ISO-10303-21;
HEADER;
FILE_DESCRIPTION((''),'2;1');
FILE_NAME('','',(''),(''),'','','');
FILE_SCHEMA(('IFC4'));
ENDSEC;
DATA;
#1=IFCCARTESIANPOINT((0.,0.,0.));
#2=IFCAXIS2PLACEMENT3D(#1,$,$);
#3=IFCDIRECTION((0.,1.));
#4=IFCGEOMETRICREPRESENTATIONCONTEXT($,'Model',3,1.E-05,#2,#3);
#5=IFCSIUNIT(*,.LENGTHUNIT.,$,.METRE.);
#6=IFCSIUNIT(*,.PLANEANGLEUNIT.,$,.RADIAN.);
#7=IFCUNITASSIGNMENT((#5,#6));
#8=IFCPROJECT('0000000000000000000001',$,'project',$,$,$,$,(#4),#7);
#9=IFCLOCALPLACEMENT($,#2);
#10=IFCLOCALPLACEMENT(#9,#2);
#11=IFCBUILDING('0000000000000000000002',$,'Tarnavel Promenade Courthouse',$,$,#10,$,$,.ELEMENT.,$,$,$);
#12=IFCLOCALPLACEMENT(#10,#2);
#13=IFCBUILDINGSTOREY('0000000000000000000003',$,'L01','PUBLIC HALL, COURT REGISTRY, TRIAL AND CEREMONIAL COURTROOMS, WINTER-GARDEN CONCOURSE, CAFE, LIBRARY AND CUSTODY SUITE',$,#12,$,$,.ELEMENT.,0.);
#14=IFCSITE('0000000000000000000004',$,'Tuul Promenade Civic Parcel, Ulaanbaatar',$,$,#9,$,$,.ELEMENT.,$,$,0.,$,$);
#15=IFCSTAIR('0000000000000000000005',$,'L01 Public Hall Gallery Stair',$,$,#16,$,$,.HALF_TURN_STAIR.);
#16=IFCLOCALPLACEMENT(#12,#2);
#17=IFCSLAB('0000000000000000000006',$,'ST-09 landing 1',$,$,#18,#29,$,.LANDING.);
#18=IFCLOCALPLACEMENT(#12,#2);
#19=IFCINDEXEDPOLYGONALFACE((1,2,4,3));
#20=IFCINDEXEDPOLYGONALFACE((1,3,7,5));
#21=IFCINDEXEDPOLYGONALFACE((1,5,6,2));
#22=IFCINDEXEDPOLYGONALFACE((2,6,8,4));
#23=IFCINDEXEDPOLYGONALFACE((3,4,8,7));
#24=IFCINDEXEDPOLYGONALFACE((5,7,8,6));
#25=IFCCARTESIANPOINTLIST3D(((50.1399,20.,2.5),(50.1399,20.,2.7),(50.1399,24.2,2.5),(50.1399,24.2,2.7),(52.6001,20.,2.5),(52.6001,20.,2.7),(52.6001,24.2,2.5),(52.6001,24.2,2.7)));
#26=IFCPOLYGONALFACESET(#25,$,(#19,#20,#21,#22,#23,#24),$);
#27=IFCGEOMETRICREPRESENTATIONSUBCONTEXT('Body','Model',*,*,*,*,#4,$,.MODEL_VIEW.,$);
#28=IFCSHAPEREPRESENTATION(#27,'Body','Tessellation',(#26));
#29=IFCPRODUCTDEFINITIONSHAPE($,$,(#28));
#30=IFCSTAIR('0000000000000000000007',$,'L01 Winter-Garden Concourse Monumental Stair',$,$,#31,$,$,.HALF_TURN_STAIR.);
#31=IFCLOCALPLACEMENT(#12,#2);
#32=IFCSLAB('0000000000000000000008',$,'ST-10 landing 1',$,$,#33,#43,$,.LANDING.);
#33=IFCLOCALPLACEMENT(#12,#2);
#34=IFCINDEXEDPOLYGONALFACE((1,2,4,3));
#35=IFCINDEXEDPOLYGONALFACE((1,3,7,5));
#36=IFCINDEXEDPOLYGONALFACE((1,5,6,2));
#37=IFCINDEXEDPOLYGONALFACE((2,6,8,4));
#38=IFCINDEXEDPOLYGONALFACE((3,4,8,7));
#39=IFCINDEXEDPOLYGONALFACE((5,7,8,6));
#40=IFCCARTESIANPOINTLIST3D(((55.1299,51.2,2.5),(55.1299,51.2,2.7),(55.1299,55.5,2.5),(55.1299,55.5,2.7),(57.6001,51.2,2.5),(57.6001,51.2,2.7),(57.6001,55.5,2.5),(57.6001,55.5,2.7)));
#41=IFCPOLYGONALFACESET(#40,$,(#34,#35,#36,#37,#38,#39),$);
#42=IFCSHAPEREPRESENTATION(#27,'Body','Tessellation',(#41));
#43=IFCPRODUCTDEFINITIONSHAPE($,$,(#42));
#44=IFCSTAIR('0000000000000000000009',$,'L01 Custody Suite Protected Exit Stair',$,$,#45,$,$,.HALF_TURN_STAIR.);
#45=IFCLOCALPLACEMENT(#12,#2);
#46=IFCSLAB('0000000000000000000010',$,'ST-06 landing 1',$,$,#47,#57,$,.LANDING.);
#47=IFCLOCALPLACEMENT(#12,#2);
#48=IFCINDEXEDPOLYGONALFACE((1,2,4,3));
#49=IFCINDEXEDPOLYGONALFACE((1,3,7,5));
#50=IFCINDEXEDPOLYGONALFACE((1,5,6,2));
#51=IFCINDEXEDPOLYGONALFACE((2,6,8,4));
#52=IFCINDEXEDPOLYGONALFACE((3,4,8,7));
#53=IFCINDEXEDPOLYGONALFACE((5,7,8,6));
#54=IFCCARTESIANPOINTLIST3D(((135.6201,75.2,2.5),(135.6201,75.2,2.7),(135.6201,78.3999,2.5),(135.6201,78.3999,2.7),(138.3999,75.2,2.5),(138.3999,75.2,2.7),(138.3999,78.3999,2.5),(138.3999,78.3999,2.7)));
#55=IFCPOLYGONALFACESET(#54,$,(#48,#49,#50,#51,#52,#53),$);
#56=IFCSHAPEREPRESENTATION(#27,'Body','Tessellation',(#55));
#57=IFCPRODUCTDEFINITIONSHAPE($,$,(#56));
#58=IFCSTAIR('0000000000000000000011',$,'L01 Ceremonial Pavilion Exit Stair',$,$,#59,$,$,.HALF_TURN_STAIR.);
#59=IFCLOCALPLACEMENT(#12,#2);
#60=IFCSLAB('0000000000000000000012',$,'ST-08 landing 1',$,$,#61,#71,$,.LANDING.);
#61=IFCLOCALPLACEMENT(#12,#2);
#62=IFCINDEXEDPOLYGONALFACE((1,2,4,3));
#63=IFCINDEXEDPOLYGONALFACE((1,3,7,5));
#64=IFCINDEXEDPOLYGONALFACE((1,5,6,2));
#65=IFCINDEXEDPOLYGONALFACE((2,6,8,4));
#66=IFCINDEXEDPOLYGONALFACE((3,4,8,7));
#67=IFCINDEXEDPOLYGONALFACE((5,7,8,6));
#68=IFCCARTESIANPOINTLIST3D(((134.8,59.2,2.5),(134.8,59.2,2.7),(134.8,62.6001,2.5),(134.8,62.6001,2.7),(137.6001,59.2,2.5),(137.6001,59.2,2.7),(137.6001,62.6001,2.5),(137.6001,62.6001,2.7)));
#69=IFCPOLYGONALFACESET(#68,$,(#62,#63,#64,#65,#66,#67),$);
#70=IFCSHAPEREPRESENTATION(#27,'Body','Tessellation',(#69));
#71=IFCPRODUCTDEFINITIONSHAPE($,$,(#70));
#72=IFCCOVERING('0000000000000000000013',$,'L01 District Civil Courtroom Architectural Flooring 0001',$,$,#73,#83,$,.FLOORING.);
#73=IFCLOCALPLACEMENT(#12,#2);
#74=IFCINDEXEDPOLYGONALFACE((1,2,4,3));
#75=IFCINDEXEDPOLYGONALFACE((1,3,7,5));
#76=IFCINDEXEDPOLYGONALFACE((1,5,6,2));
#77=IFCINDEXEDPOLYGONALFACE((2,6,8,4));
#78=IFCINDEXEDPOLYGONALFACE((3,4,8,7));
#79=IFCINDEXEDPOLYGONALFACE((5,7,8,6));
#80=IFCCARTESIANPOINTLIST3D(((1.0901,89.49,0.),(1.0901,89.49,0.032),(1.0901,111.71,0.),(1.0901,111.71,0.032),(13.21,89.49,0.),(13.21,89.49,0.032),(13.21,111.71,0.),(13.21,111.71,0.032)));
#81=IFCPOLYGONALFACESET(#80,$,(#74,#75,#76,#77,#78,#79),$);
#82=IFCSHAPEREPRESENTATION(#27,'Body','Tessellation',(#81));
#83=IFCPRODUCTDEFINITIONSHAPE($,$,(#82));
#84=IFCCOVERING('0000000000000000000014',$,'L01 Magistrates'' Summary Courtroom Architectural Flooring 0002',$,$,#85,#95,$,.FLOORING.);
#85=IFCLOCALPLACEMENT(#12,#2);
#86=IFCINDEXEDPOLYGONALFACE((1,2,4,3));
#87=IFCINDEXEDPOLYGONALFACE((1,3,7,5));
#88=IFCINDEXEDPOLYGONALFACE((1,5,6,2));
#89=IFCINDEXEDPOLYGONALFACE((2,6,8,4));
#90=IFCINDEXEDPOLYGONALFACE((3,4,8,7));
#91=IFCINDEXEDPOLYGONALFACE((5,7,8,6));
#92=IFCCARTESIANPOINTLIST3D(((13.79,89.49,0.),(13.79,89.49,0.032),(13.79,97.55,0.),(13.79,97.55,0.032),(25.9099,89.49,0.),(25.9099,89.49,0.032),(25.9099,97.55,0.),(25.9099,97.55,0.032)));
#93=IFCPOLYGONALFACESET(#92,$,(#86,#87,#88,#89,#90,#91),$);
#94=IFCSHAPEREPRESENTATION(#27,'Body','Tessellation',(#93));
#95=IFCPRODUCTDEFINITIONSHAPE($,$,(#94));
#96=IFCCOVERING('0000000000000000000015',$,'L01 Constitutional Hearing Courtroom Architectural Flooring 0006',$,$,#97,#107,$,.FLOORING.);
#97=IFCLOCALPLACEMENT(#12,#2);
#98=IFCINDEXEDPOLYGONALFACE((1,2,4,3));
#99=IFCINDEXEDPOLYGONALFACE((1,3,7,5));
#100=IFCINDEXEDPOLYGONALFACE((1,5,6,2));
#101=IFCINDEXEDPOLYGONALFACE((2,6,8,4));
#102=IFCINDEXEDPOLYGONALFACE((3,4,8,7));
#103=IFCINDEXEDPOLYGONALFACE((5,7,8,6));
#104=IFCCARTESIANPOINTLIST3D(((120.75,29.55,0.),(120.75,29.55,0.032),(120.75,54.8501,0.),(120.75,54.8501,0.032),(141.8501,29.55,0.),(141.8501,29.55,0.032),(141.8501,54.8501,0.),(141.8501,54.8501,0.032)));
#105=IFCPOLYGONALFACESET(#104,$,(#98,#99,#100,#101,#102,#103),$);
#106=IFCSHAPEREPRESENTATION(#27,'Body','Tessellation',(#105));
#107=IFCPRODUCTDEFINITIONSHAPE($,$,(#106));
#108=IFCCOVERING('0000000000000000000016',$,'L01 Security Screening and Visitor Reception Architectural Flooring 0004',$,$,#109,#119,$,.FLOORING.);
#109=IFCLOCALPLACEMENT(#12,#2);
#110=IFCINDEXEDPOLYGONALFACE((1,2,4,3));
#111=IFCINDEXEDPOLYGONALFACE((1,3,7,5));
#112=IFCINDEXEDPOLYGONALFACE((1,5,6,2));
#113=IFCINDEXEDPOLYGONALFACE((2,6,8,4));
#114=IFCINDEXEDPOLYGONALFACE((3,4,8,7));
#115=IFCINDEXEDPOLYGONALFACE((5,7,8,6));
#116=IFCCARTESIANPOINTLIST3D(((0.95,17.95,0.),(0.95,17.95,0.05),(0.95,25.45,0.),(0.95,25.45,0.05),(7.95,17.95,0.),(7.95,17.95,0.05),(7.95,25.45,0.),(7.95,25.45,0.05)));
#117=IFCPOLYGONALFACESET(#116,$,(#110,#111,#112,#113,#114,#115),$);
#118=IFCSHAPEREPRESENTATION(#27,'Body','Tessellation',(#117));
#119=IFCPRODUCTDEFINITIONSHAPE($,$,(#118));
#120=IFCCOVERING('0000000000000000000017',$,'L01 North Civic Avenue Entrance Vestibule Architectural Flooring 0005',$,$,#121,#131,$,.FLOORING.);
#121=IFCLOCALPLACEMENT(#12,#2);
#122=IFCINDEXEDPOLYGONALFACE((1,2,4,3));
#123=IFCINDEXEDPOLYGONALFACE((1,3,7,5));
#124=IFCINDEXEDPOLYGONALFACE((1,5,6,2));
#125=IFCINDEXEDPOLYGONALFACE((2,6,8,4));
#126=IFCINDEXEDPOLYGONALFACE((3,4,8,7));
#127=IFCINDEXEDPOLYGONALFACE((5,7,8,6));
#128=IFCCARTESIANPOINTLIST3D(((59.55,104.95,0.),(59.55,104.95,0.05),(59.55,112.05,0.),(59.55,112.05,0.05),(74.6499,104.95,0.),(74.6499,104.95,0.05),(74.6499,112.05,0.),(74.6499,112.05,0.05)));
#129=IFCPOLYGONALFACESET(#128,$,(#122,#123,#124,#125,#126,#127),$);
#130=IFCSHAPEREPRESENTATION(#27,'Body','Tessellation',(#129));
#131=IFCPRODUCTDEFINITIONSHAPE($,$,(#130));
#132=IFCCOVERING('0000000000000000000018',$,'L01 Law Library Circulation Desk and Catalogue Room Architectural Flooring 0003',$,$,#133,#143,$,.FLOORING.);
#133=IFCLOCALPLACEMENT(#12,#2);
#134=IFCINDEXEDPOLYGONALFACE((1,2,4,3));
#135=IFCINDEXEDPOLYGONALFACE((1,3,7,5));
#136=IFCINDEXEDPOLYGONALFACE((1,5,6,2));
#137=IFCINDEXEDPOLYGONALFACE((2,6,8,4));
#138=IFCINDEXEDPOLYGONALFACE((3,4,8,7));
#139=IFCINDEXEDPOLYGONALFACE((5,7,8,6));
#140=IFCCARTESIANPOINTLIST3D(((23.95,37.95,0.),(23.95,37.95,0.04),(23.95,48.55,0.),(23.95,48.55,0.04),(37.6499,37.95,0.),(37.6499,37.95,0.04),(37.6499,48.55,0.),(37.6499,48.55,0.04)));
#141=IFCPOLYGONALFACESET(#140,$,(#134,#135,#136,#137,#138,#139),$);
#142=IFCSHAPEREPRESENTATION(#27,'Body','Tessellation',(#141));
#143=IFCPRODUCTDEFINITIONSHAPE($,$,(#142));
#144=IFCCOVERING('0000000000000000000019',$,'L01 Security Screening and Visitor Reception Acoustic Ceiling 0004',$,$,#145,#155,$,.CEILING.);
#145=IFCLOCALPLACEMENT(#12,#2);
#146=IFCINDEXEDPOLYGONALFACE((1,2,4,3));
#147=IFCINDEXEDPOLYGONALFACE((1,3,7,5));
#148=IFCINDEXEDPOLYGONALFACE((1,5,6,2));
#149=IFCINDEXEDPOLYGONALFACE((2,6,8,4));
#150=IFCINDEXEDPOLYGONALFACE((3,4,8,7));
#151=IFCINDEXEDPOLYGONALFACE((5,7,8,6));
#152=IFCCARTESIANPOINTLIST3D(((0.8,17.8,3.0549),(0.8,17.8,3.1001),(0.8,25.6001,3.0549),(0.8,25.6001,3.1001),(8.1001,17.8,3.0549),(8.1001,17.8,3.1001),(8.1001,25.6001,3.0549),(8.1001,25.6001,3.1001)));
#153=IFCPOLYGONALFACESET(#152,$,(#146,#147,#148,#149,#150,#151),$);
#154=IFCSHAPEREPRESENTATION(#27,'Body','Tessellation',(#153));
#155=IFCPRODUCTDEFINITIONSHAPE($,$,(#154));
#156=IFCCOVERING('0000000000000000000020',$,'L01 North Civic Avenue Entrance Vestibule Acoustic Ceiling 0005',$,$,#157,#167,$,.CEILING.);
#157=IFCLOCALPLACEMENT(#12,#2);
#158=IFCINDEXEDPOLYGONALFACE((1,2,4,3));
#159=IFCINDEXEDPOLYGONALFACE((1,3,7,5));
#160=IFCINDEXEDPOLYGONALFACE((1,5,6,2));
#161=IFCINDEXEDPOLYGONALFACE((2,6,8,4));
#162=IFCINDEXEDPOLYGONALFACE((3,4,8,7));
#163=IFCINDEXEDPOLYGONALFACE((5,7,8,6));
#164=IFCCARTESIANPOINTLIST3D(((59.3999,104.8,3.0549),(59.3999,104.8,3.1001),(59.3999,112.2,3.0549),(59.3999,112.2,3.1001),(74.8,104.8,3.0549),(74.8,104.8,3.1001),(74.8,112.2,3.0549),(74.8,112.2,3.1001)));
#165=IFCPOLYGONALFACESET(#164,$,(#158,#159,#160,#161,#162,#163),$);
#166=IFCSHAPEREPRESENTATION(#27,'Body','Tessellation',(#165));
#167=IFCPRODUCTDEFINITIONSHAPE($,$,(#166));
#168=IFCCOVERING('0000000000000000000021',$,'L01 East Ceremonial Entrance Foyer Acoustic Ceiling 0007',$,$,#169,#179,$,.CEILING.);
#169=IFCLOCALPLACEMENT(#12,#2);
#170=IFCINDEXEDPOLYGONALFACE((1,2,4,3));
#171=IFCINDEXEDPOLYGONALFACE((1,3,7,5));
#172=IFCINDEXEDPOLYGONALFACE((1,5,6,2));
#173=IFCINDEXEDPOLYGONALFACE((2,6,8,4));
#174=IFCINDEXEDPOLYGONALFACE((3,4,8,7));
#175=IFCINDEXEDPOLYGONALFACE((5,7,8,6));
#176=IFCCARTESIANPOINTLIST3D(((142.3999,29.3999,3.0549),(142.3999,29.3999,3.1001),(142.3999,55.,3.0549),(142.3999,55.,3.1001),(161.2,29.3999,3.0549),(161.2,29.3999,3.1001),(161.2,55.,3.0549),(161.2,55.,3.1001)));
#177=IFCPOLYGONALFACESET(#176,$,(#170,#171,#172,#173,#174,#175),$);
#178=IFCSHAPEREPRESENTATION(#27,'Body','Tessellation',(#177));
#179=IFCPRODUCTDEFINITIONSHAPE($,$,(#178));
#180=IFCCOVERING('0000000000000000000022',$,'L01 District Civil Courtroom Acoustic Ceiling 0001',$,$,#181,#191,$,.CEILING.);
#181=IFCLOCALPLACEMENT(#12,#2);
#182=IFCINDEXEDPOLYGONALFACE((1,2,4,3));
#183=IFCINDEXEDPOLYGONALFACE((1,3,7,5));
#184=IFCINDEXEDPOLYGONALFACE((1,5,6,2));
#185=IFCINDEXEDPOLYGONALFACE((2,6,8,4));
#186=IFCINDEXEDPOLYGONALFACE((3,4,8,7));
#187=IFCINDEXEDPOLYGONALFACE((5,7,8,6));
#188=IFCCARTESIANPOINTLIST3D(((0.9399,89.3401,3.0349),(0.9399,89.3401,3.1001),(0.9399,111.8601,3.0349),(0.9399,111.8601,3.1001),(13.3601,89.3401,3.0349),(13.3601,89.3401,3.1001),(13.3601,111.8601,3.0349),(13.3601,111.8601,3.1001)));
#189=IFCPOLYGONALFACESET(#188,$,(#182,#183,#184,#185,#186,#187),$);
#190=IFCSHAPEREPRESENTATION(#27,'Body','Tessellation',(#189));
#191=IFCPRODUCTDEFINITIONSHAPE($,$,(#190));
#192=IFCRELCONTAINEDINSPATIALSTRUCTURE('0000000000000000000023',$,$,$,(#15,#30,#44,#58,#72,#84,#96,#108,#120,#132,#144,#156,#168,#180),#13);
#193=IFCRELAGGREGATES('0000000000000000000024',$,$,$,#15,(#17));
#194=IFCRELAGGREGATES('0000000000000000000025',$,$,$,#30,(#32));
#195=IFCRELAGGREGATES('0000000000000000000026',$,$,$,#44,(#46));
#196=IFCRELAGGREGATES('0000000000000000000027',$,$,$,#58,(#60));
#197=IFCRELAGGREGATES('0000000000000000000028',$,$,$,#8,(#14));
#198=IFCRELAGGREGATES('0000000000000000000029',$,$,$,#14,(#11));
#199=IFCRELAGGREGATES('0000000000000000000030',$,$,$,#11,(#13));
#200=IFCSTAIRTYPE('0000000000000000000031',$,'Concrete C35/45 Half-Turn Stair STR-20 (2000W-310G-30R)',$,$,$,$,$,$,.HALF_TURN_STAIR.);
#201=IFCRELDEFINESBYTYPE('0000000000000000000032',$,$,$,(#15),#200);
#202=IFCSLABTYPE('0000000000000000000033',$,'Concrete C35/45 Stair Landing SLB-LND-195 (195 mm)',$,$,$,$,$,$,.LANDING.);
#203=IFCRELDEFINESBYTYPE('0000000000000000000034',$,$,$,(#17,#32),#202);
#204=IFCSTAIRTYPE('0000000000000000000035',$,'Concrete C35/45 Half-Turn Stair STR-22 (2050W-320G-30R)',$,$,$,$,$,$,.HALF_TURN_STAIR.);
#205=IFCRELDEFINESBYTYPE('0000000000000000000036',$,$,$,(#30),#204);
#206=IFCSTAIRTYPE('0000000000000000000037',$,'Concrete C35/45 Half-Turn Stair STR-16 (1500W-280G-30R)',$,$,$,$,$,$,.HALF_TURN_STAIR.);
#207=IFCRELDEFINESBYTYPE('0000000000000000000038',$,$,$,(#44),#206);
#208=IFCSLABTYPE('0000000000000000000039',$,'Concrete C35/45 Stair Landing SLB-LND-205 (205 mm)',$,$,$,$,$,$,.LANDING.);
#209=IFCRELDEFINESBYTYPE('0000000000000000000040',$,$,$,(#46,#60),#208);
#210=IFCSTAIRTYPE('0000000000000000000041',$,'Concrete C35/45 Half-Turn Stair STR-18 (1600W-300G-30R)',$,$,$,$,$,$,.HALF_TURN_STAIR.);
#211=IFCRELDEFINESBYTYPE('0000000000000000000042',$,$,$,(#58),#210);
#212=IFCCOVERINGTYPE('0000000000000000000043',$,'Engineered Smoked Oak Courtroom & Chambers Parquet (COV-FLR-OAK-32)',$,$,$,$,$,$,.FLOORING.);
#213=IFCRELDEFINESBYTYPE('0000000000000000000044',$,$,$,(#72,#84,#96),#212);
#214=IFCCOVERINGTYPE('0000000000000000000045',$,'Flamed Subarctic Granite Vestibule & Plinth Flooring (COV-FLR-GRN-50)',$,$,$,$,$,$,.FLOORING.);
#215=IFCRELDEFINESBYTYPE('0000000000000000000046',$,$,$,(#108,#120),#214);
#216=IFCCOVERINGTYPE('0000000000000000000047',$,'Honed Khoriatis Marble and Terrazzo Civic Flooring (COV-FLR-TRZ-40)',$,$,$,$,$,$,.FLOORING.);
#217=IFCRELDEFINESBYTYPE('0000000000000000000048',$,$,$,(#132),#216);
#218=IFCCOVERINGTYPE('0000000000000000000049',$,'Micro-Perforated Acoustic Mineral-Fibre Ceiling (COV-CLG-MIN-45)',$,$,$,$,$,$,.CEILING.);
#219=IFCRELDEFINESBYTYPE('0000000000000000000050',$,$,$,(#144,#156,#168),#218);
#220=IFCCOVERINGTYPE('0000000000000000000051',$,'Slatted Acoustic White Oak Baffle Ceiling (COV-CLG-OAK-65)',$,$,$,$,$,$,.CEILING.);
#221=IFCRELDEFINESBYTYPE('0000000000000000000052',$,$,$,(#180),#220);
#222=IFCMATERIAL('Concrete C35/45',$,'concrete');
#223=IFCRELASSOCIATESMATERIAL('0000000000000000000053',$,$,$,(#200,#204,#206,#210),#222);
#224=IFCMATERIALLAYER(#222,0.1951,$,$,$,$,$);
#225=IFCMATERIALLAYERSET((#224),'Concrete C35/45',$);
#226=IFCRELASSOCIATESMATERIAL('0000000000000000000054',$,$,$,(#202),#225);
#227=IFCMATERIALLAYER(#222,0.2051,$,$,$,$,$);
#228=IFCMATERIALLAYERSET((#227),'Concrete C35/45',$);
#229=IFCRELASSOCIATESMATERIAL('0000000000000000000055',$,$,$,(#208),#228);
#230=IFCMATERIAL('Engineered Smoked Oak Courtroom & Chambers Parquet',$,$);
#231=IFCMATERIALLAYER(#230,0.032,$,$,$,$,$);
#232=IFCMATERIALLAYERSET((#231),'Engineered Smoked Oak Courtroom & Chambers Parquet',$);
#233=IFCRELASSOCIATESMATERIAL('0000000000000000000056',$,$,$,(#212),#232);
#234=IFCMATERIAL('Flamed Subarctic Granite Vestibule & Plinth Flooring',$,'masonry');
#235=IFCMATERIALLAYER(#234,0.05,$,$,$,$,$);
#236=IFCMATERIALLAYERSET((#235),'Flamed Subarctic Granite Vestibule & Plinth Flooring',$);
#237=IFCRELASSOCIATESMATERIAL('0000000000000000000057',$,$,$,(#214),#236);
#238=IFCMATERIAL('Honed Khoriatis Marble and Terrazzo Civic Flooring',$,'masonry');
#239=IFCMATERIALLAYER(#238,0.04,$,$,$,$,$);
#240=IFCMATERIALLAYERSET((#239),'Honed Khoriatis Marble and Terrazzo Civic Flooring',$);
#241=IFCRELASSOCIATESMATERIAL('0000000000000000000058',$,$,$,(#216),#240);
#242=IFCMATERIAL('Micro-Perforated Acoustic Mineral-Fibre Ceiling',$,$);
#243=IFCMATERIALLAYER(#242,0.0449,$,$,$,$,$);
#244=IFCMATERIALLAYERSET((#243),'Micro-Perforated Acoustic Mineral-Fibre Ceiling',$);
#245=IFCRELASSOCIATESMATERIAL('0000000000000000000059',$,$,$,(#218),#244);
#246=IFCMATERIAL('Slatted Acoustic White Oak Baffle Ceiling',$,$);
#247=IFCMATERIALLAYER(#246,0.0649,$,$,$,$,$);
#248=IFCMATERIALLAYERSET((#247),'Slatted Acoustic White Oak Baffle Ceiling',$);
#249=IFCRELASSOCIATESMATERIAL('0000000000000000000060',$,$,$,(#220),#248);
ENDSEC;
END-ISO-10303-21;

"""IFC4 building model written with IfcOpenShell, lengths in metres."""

from ifc_helpers import new_model, si_unit, direction, frame, origin, place, context, subcontext, project, spatial, polyline, outline, extrude, material, layer, layer_set, type_object, element, aggregate, save


model = new_model("IFC4")

# Units and contexts
model_context = context("Model", 3, precision=1e-05, world=origin(), true_north=direction((0.0, 1.0)))
body_context = subcontext(model_context, "Body", "Model", "MODEL_VIEW")
ifc_project = project(units=[si_unit("LENGTHUNIT", "METRE"), si_unit("PLANEANGLEUNIT", "RADIAN")], contexts=[model_context])

# Site, building, storey
site_placement = place(None, origin())
site = spatial("IfcSite", under=ifc_project, at=site_placement, Name="Tuul Promenade Civic Parcel, Ulaanbaatar", CompositionType="ELEMENT", RefElevation=0.0)
building_placement = place(site_placement, origin())
building = spatial("IfcBuilding", under=site, at=building_placement, Name="Tarnavel Promenade Courthouse", CompositionType="ELEMENT")
storey_placement = place(building_placement, origin())
storey = spatial("IfcBuildingStorey", under=building, at=storey_placement, Name="L01", Description="PUBLIC HALL, COURT REGISTRY, TRIAL AND CEREMONIAL COURTROOMS, WINTER-GARDEN CONCOURSE, CAFE, LIBRARY AND CUSTODY SUITE", CompositionType="ELEMENT", Elevation=0.0)

# Stairs, slabs
ifc_material_1 = material(Name="Concrete C35/45", Category="concrete")
stair_type_1 = type_object("IfcStairType", Name="Concrete C35/45 Half-Turn Stair STR-20 (2000W-310G-30R)", PredefinedType="HALF_TURN_STAIR", material=ifc_material_1)
stair_1_placement = place(storey_placement, origin())
stair_1 = element("IfcStair", 1, at=stair_1_placement, inside=storey, type_object=stair_type_1, Name="L01 Public Hall Gallery Stair", PredefinedType="HALF_TURN_STAIR")
ifc_layer_1 = layer(ifc_material_1, 0.1951)
ifc_layer_set_1 = layer_set([ifc_layer_1], Name="Concrete C35/45")
slab_type_1 = type_object("IfcSlabType", Name="Concrete C35/45 Stair Landing SLB-LND-195 (195 mm)", PredefinedType="LANDING", material=ifc_layer_set_1)
slab_1_placement = place(storey_placement, frame((0.0, 0.0, 2.5)))
slab_1 = element("IfcSlab", 2, at=slab_1_placement, type_object=slab_type_1, Name="ST-09 landing 1", PredefinedType="LANDING", context=body_context, shape_type="SweptSolid", body=[
    extrude(outline(polyline([(50.1399, 20.0), (52.6001, 20.0), (52.6001, 24.2), (50.1399, 24.2), (50.1399, 20.0)])), origin(), (0.0, 0.0, 1.0), 0.2),
])
aggregate(stair_1, [slab_1])
stair_type_2 = type_object("IfcStairType", Name="Concrete C35/45 Half-Turn Stair STR-22 (2050W-320G-30R)", PredefinedType="HALF_TURN_STAIR", material=ifc_material_1)
stair_2_placement = place(storey_placement, origin())
stair_2 = element("IfcStair", 3, at=stair_2_placement, inside=storey, type_object=stair_type_2, Name="L01 Winter-Garden Concourse Monumental Stair", PredefinedType="HALF_TURN_STAIR")
slab_2_placement = place(storey_placement, frame((0.0, 0.0, 2.5)))
slab_2 = element("IfcSlab", 4, at=slab_2_placement, type_object=slab_type_1, Name="ST-10 landing 1", PredefinedType="LANDING", context=body_context, shape_type="SweptSolid", body=[
    extrude(outline(polyline([(55.1299, 51.2), (57.6001, 51.2), (57.6001, 55.5), (55.1299, 55.5), (55.1299, 51.2)])), origin(), (0.0, 0.0, 1.0), 0.2),
])
aggregate(stair_2, [slab_2])
stair_type_3 = type_object("IfcStairType", Name="Concrete C35/45 Half-Turn Stair STR-16 (1500W-280G-30R)", PredefinedType="HALF_TURN_STAIR", material=ifc_material_1)
stair_3_placement = place(storey_placement, origin())
stair_3 = element("IfcStair", 5, at=stair_3_placement, inside=storey, type_object=stair_type_3, Name="L01 Custody Suite Protected Exit Stair", PredefinedType="HALF_TURN_STAIR")
ifc_layer_2 = layer(ifc_material_1, 0.2051)
ifc_layer_set_2 = layer_set([ifc_layer_2], Name="Concrete C35/45")
slab_type_2 = type_object("IfcSlabType", Name="Concrete C35/45 Stair Landing SLB-LND-205 (205 mm)", PredefinedType="LANDING", material=ifc_layer_set_2)
slab_3_placement = place(storey_placement, frame((0.0, 0.0, 2.5)))
slab_3 = element("IfcSlab", 6, at=slab_3_placement, type_object=slab_type_2, Name="ST-06 landing 1", PredefinedType="LANDING", context=body_context, shape_type="SweptSolid", body=[
    extrude(outline(polyline([(135.6201, 75.2), (138.3999, 75.2), (138.3999, 78.3999), (135.6201, 78.3999), (135.6201, 75.2)])), origin(), (0.0, 0.0, 1.0), 0.2),
])
aggregate(stair_3, [slab_3])
stair_type_4 = type_object("IfcStairType", Name="Concrete C35/45 Half-Turn Stair STR-18 (1600W-300G-30R)", PredefinedType="HALF_TURN_STAIR", material=ifc_material_1)
stair_4_placement = place(storey_placement, origin())
stair_4 = element("IfcStair", 7, at=stair_4_placement, inside=storey, type_object=stair_type_4, Name="L01 Ceremonial Pavilion Exit Stair", PredefinedType="HALF_TURN_STAIR")
slab_4_placement = place(storey_placement, frame((0.0, 0.0, 2.5)))
slab_4 = element("IfcSlab", 8, at=slab_4_placement, type_object=slab_type_2, Name="ST-08 landing 1", PredefinedType="LANDING", context=body_context, shape_type="SweptSolid", body=[
    extrude(outline(polyline([(134.8, 59.2), (137.6001, 59.2), (137.6001, 62.6001), (134.8, 62.6001), (134.8, 59.2)])), origin(), (0.0, 0.0, 1.0), 0.2),
])
aggregate(stair_4, [slab_4])

# Coverings
ifc_material_2 = material(Name="Engineered Smoked Oak Courtroom & Chambers Parquet")
ifc_layer_3 = layer(ifc_material_2, 0.032)
ifc_layer_set_3 = layer_set([ifc_layer_3], Name="Engineered Smoked Oak Courtroom & Chambers Parquet")
covering_type_1 = type_object("IfcCoveringType", Name="Engineered Smoked Oak Courtroom & Chambers Parquet (COV-FLR-OAK-32)", PredefinedType="FLOORING", material=ifc_layer_set_3)
covering_1_placement = place(storey_placement, origin())
element("IfcCovering", 9, at=covering_1_placement, inside=storey, type_object=covering_type_1, Name="L01 District Civil Courtroom Architectural Flooring 0001", PredefinedType="FLOORING", context=body_context, shape_type="SweptSolid", body=[
    extrude(outline(polyline([(1.0901, 89.49), (13.21, 89.49), (13.21, 111.71), (1.0901, 111.71), (1.0901, 89.49)])), origin(), (0.0, 0.0, 1.0), 0.032),
])
covering_2_placement = place(storey_placement, origin())
element("IfcCovering", 10, at=covering_2_placement, inside=storey, type_object=covering_type_1, Name="L01 Magistrates' Summary Courtroom Architectural Flooring 0002", PredefinedType="FLOORING", context=body_context, shape_type="SweptSolid", body=[
    extrude(outline(polyline([(13.79, 89.49), (25.9099, 89.49), (25.9099, 97.55), (13.79, 97.55), (13.79, 89.49)])), origin(), (0.0, 0.0, 1.0), 0.032),
])
covering_3_placement = place(storey_placement, origin())
element("IfcCovering", 11, at=covering_3_placement, inside=storey, type_object=covering_type_1, Name="L01 Constitutional Hearing Courtroom Architectural Flooring 0006", PredefinedType="FLOORING", context=body_context, shape_type="SweptSolid", body=[
    extrude(outline(polyline([(120.75, 29.55), (141.8501, 29.55), (141.8501, 54.8501), (120.75, 54.8501), (120.75, 29.55)])), origin(), (0.0, 0.0, 1.0), 0.032),
])
ifc_material_3 = material(Name="Flamed Subarctic Granite Vestibule & Plinth Flooring", Category="masonry")
ifc_layer_4 = layer(ifc_material_3, 0.05)
ifc_layer_set_4 = layer_set([ifc_layer_4], Name="Flamed Subarctic Granite Vestibule & Plinth Flooring")
covering_type_2 = type_object("IfcCoveringType", Name="Flamed Subarctic Granite Vestibule & Plinth Flooring (COV-FLR-GRN-50)", PredefinedType="FLOORING", material=ifc_layer_set_4)
covering_4_placement = place(storey_placement, origin())
element("IfcCovering", 12, at=covering_4_placement, inside=storey, type_object=covering_type_2, Name="L01 Security Screening and Visitor Reception Architectural Flooring 0004", PredefinedType="FLOORING", context=body_context, shape_type="SweptSolid", body=[
    extrude(outline(polyline([(0.95, 17.95), (7.95, 17.95), (7.95, 25.45), (0.95, 25.45), (0.95, 17.95)])), origin(), (0.0, 0.0, 1.0), 0.05),
])
covering_5_placement = place(storey_placement, origin())
element("IfcCovering", 13, at=covering_5_placement, inside=storey, type_object=covering_type_2, Name="L01 North Civic Avenue Entrance Vestibule Architectural Flooring 0005", PredefinedType="FLOORING", context=body_context, shape_type="SweptSolid", body=[
    extrude(outline(polyline([(59.55, 104.95), (74.6499, 104.95), (74.6499, 112.05), (59.55, 112.05), (59.55, 104.95)])), origin(), (0.0, 0.0, 1.0), 0.05),
])
ifc_material_4 = material(Name="Honed Khoriatis Marble and Terrazzo Civic Flooring", Category="masonry")
ifc_layer_5 = layer(ifc_material_4, 0.04)
ifc_layer_set_5 = layer_set([ifc_layer_5], Name="Honed Khoriatis Marble and Terrazzo Civic Flooring")
covering_type_3 = type_object("IfcCoveringType", Name="Honed Khoriatis Marble and Terrazzo Civic Flooring (COV-FLR-TRZ-40)", PredefinedType="FLOORING", material=ifc_layer_set_5)
covering_6_placement = place(storey_placement, origin())
element("IfcCovering", 14, at=covering_6_placement, inside=storey, type_object=covering_type_3, Name="L01 Law Library Circulation Desk and Catalogue Room Architectural Flooring 0003", PredefinedType="FLOORING", context=body_context, shape_type="SweptSolid", body=[
    extrude(outline(polyline([(23.95, 37.95), (37.6499, 37.95), (37.6499, 48.55), (23.95, 48.55), (23.95, 37.95)])), origin(), (0.0, 0.0, 1.0), 0.04),
])
ifc_material_5 = material(Name="Micro-Perforated Acoustic Mineral-Fibre Ceiling")
ifc_layer_6 = layer(ifc_material_5, 0.0449)
ifc_layer_set_6 = layer_set([ifc_layer_6], Name="Micro-Perforated Acoustic Mineral-Fibre Ceiling")
covering_type_4 = type_object("IfcCoveringType", Name="Micro-Perforated Acoustic Mineral-Fibre Ceiling (COV-CLG-MIN-45)", PredefinedType="CEILING", material=ifc_layer_set_6)
covering_7_placement = place(storey_placement, frame((0.0, 0.0, 3.0549)))
element("IfcCovering", 15, at=covering_7_placement, inside=storey, type_object=covering_type_4, Name="L01 Security Screening and Visitor Reception Acoustic Ceiling 0004", PredefinedType="CEILING", context=body_context, shape_type="SweptSolid", body=[
    extrude(outline(polyline([(0.8, 17.8), (8.1001, 17.8), (8.1001, 25.6001), (0.8, 25.6001), (0.8, 17.8)])), origin(), (0.0, 0.0, 1.0), 0.0452),
])
covering_8_placement = place(storey_placement, frame((0.0, 0.0, 3.0549)))
element("IfcCovering", 16, at=covering_8_placement, inside=storey, type_object=covering_type_4, Name="L01 North Civic Avenue Entrance Vestibule Acoustic Ceiling 0005", PredefinedType="CEILING", context=body_context, shape_type="SweptSolid", body=[
    extrude(outline(polyline([(59.3999, 104.8), (74.8, 104.8), (74.8, 112.2), (59.3999, 112.2), (59.3999, 104.8)])), origin(), (0.0, 0.0, 1.0), 0.0452),
])
covering_9_placement = place(storey_placement, frame((0.0, 0.0, 3.0549)))
element("IfcCovering", 17, at=covering_9_placement, inside=storey, type_object=covering_type_4, Name="L01 East Ceremonial Entrance Foyer Acoustic Ceiling 0007", PredefinedType="CEILING", context=body_context, shape_type="SweptSolid", body=[
    extrude(outline(polyline([(142.3999, 29.3999), (161.2, 29.3999), (161.2, 55.0), (142.3999, 55.0), (142.3999, 29.3999)])), origin(), (0.0, 0.0, 1.0), 0.0452),
])
ifc_material_6 = material(Name="Slatted Acoustic White Oak Baffle Ceiling")
ifc_layer_7 = layer(ifc_material_6, 0.0649)
ifc_layer_set_7 = layer_set([ifc_layer_7], Name="Slatted Acoustic White Oak Baffle Ceiling")
covering_type_5 = type_object("IfcCoveringType", Name="Slatted Acoustic White Oak Baffle Ceiling (COV-CLG-OAK-65)", PredefinedType="CEILING", material=ifc_layer_set_7)
covering_10_placement = place(storey_placement, frame((0.0, 0.0, 3.0349)))
element("IfcCovering", 18, at=covering_10_placement, inside=storey, type_object=covering_type_5, Name="L01 District Civil Courtroom Acoustic Ceiling 0001", PredefinedType="CEILING", context=body_context, shape_type="SweptSolid", body=[
    extrude(outline(polyline([(0.9399, 89.3401), (13.3601, 89.3401), (13.3601, 111.8601), (0.9399, 111.8601), (0.9399, 89.3401)])), origin(), (0.0, 0.0, 1.0), 0.0652),
])

save(model, "model.ifc")
